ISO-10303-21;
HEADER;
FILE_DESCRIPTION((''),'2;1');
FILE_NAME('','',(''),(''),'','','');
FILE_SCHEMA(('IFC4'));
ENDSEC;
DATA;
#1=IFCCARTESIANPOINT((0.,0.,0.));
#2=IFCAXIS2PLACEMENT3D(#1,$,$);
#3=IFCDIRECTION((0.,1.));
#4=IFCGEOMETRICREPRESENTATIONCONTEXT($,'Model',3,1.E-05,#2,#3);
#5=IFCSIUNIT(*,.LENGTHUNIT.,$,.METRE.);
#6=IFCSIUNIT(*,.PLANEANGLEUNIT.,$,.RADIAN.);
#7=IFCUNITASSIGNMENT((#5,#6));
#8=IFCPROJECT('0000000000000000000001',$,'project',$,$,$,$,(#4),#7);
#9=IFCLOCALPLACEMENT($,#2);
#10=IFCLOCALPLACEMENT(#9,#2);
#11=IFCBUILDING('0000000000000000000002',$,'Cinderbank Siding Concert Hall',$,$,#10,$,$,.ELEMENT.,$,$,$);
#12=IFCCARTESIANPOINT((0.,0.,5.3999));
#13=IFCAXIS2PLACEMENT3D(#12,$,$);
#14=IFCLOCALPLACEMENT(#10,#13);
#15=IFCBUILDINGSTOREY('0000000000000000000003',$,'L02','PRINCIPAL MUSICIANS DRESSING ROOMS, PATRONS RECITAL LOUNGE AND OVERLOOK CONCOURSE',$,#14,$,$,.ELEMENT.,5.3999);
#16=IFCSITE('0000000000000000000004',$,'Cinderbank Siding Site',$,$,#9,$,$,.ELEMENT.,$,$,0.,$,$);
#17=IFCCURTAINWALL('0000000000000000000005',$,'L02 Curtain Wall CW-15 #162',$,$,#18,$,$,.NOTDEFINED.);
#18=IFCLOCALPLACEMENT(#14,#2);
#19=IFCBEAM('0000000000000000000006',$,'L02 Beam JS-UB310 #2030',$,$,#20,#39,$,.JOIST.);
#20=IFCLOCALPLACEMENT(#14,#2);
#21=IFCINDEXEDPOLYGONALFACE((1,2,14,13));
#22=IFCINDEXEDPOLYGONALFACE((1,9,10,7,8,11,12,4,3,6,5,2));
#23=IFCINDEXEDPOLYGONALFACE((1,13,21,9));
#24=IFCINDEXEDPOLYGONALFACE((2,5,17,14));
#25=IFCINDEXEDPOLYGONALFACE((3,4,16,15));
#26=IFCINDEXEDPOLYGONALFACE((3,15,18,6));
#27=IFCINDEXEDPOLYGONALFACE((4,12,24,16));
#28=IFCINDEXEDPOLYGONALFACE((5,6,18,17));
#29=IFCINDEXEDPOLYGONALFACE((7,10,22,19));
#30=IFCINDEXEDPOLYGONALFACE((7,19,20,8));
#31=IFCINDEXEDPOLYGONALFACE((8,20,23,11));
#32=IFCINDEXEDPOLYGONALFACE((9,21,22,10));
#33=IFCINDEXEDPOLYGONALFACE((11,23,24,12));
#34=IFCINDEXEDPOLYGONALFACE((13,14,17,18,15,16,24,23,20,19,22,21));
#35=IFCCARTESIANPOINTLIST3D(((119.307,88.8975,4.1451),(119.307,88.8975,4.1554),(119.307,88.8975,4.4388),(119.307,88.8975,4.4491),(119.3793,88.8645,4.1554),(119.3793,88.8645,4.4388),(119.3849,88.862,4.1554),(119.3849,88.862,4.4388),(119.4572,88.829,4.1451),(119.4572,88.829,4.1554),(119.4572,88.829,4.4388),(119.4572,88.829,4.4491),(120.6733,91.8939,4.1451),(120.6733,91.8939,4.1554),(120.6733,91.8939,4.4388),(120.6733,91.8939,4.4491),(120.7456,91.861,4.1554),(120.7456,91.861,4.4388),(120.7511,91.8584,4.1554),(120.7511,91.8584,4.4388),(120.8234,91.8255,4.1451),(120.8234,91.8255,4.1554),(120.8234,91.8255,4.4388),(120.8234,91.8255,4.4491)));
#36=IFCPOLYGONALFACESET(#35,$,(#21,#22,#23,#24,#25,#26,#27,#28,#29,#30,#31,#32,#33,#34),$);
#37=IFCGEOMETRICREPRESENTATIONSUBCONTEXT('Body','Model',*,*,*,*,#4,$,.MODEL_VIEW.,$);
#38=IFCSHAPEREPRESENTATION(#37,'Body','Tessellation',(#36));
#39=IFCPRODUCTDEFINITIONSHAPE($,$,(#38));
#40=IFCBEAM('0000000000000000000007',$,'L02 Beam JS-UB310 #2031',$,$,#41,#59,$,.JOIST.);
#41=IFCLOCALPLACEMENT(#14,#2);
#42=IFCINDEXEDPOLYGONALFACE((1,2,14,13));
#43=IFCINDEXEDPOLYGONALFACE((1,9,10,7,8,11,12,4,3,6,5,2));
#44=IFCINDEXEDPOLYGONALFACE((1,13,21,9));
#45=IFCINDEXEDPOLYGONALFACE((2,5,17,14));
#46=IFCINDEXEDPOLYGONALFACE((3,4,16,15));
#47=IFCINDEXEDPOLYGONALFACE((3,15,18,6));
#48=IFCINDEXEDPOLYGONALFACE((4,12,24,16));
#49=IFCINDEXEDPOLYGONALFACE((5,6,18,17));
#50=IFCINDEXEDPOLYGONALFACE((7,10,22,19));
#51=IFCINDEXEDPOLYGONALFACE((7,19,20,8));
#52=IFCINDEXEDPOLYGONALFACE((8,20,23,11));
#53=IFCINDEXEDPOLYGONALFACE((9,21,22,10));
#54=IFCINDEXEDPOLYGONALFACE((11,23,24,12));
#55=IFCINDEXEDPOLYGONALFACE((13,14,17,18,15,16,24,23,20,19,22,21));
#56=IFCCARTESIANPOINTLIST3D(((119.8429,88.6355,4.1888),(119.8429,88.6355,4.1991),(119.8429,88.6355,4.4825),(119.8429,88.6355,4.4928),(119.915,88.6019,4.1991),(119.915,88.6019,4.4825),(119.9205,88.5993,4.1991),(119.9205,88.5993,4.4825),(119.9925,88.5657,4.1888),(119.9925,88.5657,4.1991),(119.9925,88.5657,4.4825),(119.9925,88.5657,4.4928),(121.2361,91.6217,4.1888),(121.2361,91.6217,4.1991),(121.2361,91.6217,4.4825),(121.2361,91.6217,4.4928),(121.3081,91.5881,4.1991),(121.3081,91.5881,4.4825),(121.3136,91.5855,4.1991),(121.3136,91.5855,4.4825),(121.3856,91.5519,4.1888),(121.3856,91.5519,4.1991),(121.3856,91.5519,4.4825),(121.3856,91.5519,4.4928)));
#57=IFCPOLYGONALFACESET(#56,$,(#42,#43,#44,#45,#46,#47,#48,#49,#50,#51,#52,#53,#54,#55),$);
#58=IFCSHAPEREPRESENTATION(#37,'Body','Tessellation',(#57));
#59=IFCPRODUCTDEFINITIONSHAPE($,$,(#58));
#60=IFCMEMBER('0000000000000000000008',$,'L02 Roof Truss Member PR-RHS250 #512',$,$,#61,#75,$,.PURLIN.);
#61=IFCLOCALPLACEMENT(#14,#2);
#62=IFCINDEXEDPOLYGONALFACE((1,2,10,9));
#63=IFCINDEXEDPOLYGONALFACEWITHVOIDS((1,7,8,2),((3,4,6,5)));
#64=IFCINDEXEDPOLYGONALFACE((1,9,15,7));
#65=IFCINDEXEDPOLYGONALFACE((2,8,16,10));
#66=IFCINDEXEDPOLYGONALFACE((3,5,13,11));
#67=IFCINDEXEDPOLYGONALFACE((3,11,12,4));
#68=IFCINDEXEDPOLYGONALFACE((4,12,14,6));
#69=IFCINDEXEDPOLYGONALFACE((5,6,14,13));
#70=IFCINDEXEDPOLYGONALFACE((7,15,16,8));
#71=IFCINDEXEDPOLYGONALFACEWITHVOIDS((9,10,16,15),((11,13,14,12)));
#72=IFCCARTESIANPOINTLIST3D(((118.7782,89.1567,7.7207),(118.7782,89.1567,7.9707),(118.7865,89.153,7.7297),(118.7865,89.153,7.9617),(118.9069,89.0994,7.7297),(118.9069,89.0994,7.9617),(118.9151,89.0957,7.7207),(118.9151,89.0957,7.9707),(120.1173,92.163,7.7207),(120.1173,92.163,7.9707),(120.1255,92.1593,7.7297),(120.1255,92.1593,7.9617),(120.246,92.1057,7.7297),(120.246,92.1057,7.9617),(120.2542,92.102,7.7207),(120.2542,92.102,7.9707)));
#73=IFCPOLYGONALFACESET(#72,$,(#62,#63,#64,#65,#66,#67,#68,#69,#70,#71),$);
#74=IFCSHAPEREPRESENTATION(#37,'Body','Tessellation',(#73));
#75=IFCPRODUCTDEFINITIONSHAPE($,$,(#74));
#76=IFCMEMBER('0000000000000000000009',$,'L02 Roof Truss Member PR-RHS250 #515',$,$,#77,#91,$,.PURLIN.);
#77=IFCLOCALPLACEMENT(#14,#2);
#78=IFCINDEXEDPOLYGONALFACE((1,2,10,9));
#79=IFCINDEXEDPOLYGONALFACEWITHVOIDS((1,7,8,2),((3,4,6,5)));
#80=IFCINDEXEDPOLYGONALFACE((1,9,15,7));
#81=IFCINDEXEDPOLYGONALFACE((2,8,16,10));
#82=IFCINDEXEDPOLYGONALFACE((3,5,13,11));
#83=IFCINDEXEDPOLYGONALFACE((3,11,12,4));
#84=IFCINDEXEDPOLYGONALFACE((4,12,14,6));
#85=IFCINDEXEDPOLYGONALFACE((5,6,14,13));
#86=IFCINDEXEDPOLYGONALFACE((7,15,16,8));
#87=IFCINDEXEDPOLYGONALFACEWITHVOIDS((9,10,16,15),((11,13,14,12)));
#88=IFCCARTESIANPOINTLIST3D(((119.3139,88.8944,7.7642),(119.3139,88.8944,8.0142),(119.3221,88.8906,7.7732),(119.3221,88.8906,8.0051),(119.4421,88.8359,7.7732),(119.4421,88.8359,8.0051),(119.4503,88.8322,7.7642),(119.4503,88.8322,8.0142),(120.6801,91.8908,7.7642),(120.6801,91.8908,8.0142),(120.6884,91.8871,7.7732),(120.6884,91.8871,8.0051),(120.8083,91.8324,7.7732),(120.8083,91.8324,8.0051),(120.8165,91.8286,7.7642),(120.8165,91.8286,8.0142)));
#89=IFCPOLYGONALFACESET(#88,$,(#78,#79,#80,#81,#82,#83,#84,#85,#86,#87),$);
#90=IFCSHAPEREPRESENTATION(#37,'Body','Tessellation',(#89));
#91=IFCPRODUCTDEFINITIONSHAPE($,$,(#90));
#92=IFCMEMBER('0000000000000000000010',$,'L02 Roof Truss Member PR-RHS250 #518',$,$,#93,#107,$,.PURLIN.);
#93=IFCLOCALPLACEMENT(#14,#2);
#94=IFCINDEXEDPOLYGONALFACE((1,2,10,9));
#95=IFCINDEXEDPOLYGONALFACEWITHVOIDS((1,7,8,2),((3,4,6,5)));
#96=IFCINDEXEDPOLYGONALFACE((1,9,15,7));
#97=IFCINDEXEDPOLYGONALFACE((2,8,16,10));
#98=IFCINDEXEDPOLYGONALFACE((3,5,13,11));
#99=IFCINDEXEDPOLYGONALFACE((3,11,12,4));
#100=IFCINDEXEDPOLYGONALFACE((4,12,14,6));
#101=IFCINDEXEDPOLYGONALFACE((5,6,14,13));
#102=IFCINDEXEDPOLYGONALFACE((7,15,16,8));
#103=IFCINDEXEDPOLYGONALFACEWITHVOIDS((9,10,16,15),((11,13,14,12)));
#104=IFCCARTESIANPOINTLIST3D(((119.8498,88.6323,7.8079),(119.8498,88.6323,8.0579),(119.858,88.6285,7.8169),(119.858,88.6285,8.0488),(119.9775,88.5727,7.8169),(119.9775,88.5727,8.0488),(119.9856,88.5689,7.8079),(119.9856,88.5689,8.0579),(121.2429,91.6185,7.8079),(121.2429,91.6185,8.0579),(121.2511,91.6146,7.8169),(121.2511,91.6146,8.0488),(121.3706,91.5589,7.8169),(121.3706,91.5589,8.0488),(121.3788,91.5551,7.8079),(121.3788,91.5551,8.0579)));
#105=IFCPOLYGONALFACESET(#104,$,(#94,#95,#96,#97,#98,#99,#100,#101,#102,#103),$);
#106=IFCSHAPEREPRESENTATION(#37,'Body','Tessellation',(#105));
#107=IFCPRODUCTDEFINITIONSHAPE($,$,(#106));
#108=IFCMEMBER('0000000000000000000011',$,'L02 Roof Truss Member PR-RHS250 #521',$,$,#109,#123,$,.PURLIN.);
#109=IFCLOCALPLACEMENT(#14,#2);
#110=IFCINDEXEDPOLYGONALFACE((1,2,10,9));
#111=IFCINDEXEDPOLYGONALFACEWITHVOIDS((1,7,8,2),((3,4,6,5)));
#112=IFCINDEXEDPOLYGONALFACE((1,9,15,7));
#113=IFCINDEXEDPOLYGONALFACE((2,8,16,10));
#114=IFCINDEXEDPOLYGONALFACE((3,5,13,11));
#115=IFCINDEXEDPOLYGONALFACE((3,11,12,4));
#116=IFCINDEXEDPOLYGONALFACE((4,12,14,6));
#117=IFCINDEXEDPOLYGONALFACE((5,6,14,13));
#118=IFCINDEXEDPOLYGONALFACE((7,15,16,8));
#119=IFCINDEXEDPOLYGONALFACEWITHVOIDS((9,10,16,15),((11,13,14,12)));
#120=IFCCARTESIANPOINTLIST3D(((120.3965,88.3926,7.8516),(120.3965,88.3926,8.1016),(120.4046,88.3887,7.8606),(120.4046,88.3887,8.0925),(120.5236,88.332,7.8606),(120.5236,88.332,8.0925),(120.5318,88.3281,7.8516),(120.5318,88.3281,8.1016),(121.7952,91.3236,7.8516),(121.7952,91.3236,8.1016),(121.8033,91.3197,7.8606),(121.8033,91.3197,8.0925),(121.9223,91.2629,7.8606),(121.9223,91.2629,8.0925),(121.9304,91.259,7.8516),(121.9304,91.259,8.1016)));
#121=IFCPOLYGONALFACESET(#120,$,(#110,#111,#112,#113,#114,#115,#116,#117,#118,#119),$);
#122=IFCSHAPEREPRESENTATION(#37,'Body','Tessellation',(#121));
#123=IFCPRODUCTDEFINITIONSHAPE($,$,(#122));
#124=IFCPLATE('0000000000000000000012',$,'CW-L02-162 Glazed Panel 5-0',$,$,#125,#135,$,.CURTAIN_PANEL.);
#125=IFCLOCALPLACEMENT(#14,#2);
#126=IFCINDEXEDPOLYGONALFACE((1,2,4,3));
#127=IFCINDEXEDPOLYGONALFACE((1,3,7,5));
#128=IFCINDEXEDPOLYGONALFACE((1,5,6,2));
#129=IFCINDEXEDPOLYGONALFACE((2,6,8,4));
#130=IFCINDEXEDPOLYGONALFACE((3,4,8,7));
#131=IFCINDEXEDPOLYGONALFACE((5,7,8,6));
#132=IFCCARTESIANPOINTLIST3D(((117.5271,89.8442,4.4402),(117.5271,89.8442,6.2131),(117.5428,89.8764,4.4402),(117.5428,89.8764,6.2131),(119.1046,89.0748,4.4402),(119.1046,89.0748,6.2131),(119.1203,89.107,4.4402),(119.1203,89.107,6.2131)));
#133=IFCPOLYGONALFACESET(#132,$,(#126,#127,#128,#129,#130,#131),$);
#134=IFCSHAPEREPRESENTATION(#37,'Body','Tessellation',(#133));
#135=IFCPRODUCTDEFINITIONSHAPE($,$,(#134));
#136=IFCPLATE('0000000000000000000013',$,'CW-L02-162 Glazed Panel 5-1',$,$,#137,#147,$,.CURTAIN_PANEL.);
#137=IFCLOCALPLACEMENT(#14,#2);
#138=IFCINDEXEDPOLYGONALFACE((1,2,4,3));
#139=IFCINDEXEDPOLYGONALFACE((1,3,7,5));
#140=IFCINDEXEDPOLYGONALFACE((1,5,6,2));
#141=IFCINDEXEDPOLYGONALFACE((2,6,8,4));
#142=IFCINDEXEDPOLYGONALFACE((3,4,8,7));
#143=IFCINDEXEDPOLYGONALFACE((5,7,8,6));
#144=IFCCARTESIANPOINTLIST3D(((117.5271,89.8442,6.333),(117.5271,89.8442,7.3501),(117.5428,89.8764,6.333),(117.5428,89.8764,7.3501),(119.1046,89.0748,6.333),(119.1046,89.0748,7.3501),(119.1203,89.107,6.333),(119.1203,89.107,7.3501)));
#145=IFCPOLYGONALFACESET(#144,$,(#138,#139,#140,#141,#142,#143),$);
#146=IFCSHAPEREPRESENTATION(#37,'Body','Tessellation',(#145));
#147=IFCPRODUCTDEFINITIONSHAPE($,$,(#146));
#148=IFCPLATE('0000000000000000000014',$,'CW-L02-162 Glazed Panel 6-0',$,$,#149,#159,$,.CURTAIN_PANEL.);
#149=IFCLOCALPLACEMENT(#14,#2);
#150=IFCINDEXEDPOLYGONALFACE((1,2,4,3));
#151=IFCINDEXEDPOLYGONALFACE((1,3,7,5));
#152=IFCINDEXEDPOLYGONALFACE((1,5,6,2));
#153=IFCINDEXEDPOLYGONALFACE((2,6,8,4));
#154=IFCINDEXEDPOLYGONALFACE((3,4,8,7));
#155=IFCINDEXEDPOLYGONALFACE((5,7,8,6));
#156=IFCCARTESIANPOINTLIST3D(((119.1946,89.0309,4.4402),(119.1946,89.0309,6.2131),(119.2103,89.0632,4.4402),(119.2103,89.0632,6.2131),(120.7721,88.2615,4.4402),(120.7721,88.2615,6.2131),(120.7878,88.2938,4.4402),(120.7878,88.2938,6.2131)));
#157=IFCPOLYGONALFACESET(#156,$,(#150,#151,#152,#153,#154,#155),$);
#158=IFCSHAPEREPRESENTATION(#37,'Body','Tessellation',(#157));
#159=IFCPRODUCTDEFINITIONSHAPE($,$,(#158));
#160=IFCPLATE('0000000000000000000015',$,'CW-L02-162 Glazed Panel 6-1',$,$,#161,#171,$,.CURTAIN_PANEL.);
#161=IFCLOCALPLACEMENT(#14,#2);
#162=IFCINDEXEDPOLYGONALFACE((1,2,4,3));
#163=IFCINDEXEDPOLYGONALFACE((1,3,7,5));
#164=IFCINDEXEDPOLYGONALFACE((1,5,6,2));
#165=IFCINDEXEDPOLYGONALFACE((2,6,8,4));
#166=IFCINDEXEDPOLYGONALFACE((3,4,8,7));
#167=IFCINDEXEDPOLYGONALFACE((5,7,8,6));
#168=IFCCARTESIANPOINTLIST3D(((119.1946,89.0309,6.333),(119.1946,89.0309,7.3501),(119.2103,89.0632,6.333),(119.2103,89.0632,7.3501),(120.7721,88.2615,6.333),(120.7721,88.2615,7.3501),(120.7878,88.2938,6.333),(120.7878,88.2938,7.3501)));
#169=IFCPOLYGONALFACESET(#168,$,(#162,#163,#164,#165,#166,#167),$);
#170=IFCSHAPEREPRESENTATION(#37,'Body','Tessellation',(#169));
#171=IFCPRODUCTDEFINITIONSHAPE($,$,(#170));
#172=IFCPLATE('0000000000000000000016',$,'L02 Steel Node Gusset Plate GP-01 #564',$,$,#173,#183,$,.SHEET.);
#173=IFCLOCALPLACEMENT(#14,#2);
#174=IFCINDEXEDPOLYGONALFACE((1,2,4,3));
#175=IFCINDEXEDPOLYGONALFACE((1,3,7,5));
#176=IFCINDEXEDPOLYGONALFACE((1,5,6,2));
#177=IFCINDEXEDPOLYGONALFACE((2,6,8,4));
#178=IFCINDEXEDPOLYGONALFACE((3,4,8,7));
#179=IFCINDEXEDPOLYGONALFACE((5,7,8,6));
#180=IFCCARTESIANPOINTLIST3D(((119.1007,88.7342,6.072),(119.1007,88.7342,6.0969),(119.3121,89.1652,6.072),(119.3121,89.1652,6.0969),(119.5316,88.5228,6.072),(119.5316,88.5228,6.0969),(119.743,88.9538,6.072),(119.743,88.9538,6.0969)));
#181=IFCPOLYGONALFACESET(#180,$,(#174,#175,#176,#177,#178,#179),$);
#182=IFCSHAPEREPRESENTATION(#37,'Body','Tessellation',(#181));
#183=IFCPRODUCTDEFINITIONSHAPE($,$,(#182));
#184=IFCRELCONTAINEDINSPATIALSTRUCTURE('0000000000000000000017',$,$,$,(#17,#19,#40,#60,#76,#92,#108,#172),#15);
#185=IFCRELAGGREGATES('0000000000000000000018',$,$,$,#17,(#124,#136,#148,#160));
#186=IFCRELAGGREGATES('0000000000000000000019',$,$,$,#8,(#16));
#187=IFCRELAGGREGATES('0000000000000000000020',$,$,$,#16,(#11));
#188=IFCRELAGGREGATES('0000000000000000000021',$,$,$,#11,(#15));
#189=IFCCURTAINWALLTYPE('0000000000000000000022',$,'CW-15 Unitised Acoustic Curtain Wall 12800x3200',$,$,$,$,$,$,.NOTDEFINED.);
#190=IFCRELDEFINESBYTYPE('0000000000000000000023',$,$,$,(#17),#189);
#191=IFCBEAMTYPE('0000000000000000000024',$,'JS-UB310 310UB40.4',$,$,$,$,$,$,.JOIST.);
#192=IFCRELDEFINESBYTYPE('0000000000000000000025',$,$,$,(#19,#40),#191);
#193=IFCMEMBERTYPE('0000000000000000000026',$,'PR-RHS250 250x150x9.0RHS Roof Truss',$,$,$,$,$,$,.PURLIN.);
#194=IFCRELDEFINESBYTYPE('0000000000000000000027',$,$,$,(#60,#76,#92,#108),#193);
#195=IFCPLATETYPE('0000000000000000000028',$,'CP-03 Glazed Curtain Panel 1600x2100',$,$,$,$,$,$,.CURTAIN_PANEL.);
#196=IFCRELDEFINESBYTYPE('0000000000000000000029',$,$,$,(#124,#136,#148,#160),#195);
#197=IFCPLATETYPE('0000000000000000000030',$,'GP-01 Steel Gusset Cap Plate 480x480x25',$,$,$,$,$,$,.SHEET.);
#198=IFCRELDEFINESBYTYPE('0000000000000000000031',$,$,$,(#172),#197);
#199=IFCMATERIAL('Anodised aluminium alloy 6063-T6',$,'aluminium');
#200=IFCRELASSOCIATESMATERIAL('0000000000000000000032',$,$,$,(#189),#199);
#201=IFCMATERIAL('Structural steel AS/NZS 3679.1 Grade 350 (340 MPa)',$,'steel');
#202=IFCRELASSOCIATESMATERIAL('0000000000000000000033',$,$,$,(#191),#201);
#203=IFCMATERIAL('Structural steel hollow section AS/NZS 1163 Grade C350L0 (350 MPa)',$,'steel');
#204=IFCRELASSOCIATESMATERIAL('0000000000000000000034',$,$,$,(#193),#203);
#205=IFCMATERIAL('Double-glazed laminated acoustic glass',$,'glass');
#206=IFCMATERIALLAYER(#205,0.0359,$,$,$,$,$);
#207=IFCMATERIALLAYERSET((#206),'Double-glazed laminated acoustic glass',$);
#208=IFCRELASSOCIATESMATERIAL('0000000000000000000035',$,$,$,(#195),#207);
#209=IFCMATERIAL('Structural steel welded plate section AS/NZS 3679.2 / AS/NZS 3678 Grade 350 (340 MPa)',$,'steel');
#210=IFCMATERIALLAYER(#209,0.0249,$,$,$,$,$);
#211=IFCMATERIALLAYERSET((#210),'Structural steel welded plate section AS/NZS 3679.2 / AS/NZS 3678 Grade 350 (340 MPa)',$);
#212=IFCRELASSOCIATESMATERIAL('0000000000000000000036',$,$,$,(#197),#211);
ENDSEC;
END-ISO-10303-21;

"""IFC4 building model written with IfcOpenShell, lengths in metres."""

from ifc_helpers import new_model, si_unit, direction, frame, origin, origin_2d, place, context, subcontext, project, spatial, rectangle, hollow_rectangle, i_section, extrude, material, layer, layer_set, material_profile, profile_set, type_object, element, aggregate, save


model = new_model("IFC4")

# Units and contexts
model_context = context("Model", 3, precision=1e-05, world=origin(), true_north=direction((0.0, 1.0)))
body_context = subcontext(model_context, "Body", "Model", "MODEL_VIEW")
ifc_project = project(units=[si_unit("LENGTHUNIT", "METRE"), si_unit("PLANEANGLEUNIT", "RADIAN")], contexts=[model_context])

# Site, building, storey
site_placement = place(None, origin())
site = spatial("IfcSite", under=ifc_project, at=site_placement, Name="Cinderbank Siding Site", CompositionType="ELEMENT", RefElevation=0.0)
building_placement = place(site_placement, origin())
building = spatial("IfcBuilding", under=site, at=building_placement, Name="Cinderbank Siding Concert Hall", CompositionType="ELEMENT")
storey_placement = place(building_placement, frame((0.0, 0.0, 5.3999)))
storey = spatial("IfcBuildingStorey", under=building, at=storey_placement, Name="L02", Description="PRINCIPAL MUSICIANS DRESSING ROOMS, PATRONS RECITAL LOUNGE AND OVERLOOK CONCOURSE", CompositionType="ELEMENT", Elevation=5.3999)

# Shared definitions
ifc_material_1 = material(Name="Structural steel AS/NZS 3679.1 Grade 350 (340 MPa)", Category="steel")

# Shared definitions
ifc_material_2 = material(Name="Structural steel welded plate section AS/NZS 3679.2 / AS/NZS 3678 Grade 350 (340 MPa)", Category="steel")

# Shared definitions
ifc_material_3 = material(Name="Structural steel hollow section AS/NZS 1163 Grade C350L0 (350 MPa)", Category="steel")

# Curtain wall
ifc_material_4 = material(Name="Anodised aluminium alloy 6063-T6", Category="aluminium")
curtain_wall_type = type_object("IfcCurtainWallType", Name="CW-15 Unitised Acoustic Curtain Wall 12800x3200", PredefinedType="NOTDEFINED", material=ifc_material_4)
curtain_wall_placement = place(storey_placement, origin())
curtain_wall = element("IfcCurtainWall", 1, at=curtain_wall_placement, inside=storey, type_object=curtain_wall_type, Name="L02 Curtain Wall CW-15 #162", PredefinedType="NOTDEFINED")

# Beams
ifc_material_profile_1 = material_profile(ifc_material_1, i_section(OverallWidth=0.165, OverallDepth=0.304, WebThickness=0.0061, FlangeThickness=0.0103, at=origin_2d()), Name="310UB40.4", Category="LoadBearing")
ifc_profile_set_1 = profile_set([ifc_material_profile_1], Name="Structural steel AS/NZS 3679.1 Grade 350 (340 MPa)")
beam_type_1 = type_object("IfcBeamType", Name="JS-UB310 310UB40.4", PredefinedType="JOIST", material=ifc_profile_set_1)
beam_1_placement = place(storey_placement, frame((119.3821, 88.8633, 4.2971), z_axis=(0.41487, 0.909881, 0.0), x_axis=(-0.909881, 0.41487, 0.0)))
element("IfcBeam", 2, at=beam_1_placement, inside=storey, type_object=beam_type_1, Name="L02 Beam JS-UB310 #2030", PredefinedType="JOIST", context=body_context, shape_type="SweptSolid", body=[
    extrude(i_section(OverallWidth=0.165, OverallDepth=0.304, WebThickness=0.0061, FlangeThickness=0.0103, at=origin_2d()), origin(), (0.0, 0.0, 1.0), 3.2932),
])
beam_2_placement = place(storey_placement, frame((119.9177, 88.6006, 4.3408), z_axis=(0.422776, 0.906234, 0.0), x_axis=(-0.906234, 0.422776, 0.0)))
element("IfcBeam", 3, at=beam_2_placement, inside=storey, type_object=beam_type_1, Name="L02 Beam JS-UB310 #2031", PredefinedType="JOIST", context=body_context, shape_type="SweptSolid", body=[
    extrude(i_section(OverallWidth=0.165, OverallDepth=0.304, WebThickness=0.0061, FlangeThickness=0.0103, at=origin_2d()), origin(), (0.0, 0.0, 1.0), 3.2952),
])

# Members
ifc_material_profile_2 = material_profile(ifc_material_3, hollow_rectangle(XDim=0.1499, YDim=0.25, WallThickness=0.009, at=origin_2d()), Name="250x150x9.0RHS", Category="LoadBearing")
ifc_profile_set_2 = profile_set([ifc_material_profile_2], Name="Structural steel hollow section AS/NZS 1163 Grade C350L0 (350 MPa)")
member_type_1 = type_object("IfcMemberType", Name="PR-RHS250 250x150x9.0RHS Roof Truss", PredefinedType="PURLIN", material=ifc_profile_set_2)
member_1_placement = place(storey_placement, frame((118.8467, 89.1262, 7.8457), z_axis=(0.406889, 0.913478, 0.0), x_axis=(-0.913478, 0.406889, 0.0)))
element("IfcMember", 4, at=member_1_placement, inside=storey, type_object=member_type_1, Name="L02 Roof Truss Member PR-RHS250 #512", PredefinedType="PURLIN", context=body_context, shape_type="SweptSolid", body=[
    extrude(hollow_rectangle(XDim=0.1499, YDim=0.25, WallThickness=0.009, at=origin_2d()), origin(), (0.0, 0.0, 1.0), 3.291),
])
member_2_placement = place(storey_placement, frame((119.3821, 88.8633, 7.8892), z_axis=(0.41487, 0.909881, 0.0), x_axis=(-0.909881, 0.41487, 0.0)))
element("IfcMember", 5, at=member_2_placement, inside=storey, type_object=member_type_1, Name="L02 Roof Truss Member PR-RHS250 #515", PredefinedType="PURLIN", context=body_context, shape_type="SweptSolid", body=[
    extrude(hollow_rectangle(XDim=0.1499, YDim=0.25, WallThickness=0.009, at=origin_2d()), origin(), (0.0, 0.0, 1.0), 3.2932),
])
member_3_placement = place(storey_placement, frame((119.9177, 88.6006, 7.9329), z_axis=(0.422776, 0.906234, 0.0), x_axis=(-0.906234, 0.422776, 0.0)))
element("IfcMember", 6, at=member_3_placement, inside=storey, type_object=member_type_1, Name="L02 Roof Truss Member PR-RHS250 #518", PredefinedType="PURLIN", context=body_context, shape_type="SweptSolid", body=[
    extrude(hollow_rectangle(XDim=0.1499, YDim=0.25, WallThickness=0.009, at=origin_2d()), origin(), (0.0, 0.0, 1.0), 3.2952),
])
member_4_placement = place(storey_placement, frame((120.4641, 88.3604, 7.9766), z_axis=(0.430689, 0.9025, 0.0), x_axis=(-0.9025, 0.430689, 0.0)))
element("IfcMember", 7, at=member_4_placement, inside=storey, type_object=member_type_1, Name="L02 Roof Truss Member PR-RHS250 #521", PredefinedType="PURLIN", context=body_context, shape_type="SweptSolid", body=[
    extrude(hollow_rectangle(XDim=0.1499, YDim=0.25, WallThickness=0.009, at=origin_2d()), origin(), (0.0, 0.0, 1.0), 3.2476),
])

# Plates
ifc_material_5 = material(Name="Double-glazed laminated acoustic glass", Category="glass")
ifc_layer_1 = layer(ifc_material_5, 0.0359)
ifc_layer_set_1 = layer_set([ifc_layer_1], Name="Double-glazed laminated acoustic glass")
plate_type_1 = type_object("IfcPlateType", Name="CP-03 Glazed Curtain Panel 1600x2100", PredefinedType="CURTAIN_PANEL", material=ifc_layer_set_1)
plate_1_placement = place(storey_placement, frame((118.3237, 89.4756, 4.4402), z_axis=(0.0, 0.0, 1.0), x_axis=(0.898794, -0.43837, 0.0)))
plate_1 = element("IfcPlate", 8, at=plate_1_placement, type_object=plate_type_1, Name="CW-L02-162 Glazed Panel 5-0", PredefinedType="CURTAIN_PANEL", context=body_context, shape_type="SweptSolid", body=[
    extrude(rectangle(XDim=1.7551, YDim=0.0359, at=origin_2d()), origin(), (0.0, 0.0, 1.0), 1.7729),
])
plate_2_placement = place(storey_placement, frame((118.3237, 89.4756, 6.333), z_axis=(0.0, 0.0, 1.0), x_axis=(0.898794, -0.43837, 0.0)))
plate_2 = element("IfcPlate", 9, at=plate_2_placement, type_object=plate_type_1, Name="CW-L02-162 Glazed Panel 5-1", PredefinedType="CURTAIN_PANEL", context=body_context, shape_type="SweptSolid", body=[
    extrude(rectangle(XDim=1.7551, YDim=0.0359, at=origin_2d()), origin(), (0.0, 0.0, 1.0), 1.0171),
])
plate_3_placement = place(storey_placement, frame((119.9912, 88.6624, 4.4402), z_axis=(0.0, 0.0, 1.0), x_axis=(0.898794, -0.43837, 0.0)))
plate_3 = element("IfcPlate", 10, at=plate_3_placement, type_object=plate_type_1, Name="CW-L02-162 Glazed Panel 6-0", PredefinedType="CURTAIN_PANEL", context=body_context, shape_type="SweptSolid", body=[
    extrude(rectangle(XDim=1.7551, YDim=0.0359, at=origin_2d()), origin(), (0.0, 0.0, 1.0), 1.7729),
])
plate_4_placement = place(storey_placement, frame((119.9912, 88.6624, 6.333), z_axis=(0.0, 0.0, 1.0), x_axis=(0.898794, -0.43837, 0.0)))
plate_4 = element("IfcPlate", 11, at=plate_4_placement, type_object=plate_type_1, Name="CW-L02-162 Glazed Panel 6-1", PredefinedType="CURTAIN_PANEL", context=body_context, shape_type="SweptSolid", body=[
    extrude(rectangle(XDim=1.7551, YDim=0.0359, at=origin_2d()), origin(), (0.0, 0.0, 1.0), 1.0171),
])
aggregate(curtain_wall, [plate_1, plate_2, plate_3, plate_4])

# Plate
ifc_layer_2 = layer(ifc_material_2, 0.0249)
ifc_layer_set_2 = layer_set([ifc_layer_2], Name="Structural steel welded plate section AS/NZS 3679.2 / AS/NZS 3678 Grade 350 (340 MPa)")
plate_type_2 = type_object("IfcPlateType", Name="GP-01 Steel Gusset Cap Plate 480x480x25", PredefinedType="SHEET", material=ifc_layer_set_2)
plate_5_placement = place(storey_placement, frame((119.4219, 88.844, 6.072), z_axis=(0.0, 0.0, 1.0), x_axis=(0.897797, -0.440409, 0.0)))
element("IfcPlate", 12, at=plate_5_placement, inside=storey, type_object=plate_type_2, Name="L02 Steel Node Gusset Plate GP-01 #564", PredefinedType="SHEET", context=body_context, shape_type="SweptSolid", body=[
    extrude(rectangle(XDim=0.48, YDim=0.48, at=origin_2d()), origin(), (0.0, 0.0, 1.0), 0.0249),
])

save(model, "model.ifc")
